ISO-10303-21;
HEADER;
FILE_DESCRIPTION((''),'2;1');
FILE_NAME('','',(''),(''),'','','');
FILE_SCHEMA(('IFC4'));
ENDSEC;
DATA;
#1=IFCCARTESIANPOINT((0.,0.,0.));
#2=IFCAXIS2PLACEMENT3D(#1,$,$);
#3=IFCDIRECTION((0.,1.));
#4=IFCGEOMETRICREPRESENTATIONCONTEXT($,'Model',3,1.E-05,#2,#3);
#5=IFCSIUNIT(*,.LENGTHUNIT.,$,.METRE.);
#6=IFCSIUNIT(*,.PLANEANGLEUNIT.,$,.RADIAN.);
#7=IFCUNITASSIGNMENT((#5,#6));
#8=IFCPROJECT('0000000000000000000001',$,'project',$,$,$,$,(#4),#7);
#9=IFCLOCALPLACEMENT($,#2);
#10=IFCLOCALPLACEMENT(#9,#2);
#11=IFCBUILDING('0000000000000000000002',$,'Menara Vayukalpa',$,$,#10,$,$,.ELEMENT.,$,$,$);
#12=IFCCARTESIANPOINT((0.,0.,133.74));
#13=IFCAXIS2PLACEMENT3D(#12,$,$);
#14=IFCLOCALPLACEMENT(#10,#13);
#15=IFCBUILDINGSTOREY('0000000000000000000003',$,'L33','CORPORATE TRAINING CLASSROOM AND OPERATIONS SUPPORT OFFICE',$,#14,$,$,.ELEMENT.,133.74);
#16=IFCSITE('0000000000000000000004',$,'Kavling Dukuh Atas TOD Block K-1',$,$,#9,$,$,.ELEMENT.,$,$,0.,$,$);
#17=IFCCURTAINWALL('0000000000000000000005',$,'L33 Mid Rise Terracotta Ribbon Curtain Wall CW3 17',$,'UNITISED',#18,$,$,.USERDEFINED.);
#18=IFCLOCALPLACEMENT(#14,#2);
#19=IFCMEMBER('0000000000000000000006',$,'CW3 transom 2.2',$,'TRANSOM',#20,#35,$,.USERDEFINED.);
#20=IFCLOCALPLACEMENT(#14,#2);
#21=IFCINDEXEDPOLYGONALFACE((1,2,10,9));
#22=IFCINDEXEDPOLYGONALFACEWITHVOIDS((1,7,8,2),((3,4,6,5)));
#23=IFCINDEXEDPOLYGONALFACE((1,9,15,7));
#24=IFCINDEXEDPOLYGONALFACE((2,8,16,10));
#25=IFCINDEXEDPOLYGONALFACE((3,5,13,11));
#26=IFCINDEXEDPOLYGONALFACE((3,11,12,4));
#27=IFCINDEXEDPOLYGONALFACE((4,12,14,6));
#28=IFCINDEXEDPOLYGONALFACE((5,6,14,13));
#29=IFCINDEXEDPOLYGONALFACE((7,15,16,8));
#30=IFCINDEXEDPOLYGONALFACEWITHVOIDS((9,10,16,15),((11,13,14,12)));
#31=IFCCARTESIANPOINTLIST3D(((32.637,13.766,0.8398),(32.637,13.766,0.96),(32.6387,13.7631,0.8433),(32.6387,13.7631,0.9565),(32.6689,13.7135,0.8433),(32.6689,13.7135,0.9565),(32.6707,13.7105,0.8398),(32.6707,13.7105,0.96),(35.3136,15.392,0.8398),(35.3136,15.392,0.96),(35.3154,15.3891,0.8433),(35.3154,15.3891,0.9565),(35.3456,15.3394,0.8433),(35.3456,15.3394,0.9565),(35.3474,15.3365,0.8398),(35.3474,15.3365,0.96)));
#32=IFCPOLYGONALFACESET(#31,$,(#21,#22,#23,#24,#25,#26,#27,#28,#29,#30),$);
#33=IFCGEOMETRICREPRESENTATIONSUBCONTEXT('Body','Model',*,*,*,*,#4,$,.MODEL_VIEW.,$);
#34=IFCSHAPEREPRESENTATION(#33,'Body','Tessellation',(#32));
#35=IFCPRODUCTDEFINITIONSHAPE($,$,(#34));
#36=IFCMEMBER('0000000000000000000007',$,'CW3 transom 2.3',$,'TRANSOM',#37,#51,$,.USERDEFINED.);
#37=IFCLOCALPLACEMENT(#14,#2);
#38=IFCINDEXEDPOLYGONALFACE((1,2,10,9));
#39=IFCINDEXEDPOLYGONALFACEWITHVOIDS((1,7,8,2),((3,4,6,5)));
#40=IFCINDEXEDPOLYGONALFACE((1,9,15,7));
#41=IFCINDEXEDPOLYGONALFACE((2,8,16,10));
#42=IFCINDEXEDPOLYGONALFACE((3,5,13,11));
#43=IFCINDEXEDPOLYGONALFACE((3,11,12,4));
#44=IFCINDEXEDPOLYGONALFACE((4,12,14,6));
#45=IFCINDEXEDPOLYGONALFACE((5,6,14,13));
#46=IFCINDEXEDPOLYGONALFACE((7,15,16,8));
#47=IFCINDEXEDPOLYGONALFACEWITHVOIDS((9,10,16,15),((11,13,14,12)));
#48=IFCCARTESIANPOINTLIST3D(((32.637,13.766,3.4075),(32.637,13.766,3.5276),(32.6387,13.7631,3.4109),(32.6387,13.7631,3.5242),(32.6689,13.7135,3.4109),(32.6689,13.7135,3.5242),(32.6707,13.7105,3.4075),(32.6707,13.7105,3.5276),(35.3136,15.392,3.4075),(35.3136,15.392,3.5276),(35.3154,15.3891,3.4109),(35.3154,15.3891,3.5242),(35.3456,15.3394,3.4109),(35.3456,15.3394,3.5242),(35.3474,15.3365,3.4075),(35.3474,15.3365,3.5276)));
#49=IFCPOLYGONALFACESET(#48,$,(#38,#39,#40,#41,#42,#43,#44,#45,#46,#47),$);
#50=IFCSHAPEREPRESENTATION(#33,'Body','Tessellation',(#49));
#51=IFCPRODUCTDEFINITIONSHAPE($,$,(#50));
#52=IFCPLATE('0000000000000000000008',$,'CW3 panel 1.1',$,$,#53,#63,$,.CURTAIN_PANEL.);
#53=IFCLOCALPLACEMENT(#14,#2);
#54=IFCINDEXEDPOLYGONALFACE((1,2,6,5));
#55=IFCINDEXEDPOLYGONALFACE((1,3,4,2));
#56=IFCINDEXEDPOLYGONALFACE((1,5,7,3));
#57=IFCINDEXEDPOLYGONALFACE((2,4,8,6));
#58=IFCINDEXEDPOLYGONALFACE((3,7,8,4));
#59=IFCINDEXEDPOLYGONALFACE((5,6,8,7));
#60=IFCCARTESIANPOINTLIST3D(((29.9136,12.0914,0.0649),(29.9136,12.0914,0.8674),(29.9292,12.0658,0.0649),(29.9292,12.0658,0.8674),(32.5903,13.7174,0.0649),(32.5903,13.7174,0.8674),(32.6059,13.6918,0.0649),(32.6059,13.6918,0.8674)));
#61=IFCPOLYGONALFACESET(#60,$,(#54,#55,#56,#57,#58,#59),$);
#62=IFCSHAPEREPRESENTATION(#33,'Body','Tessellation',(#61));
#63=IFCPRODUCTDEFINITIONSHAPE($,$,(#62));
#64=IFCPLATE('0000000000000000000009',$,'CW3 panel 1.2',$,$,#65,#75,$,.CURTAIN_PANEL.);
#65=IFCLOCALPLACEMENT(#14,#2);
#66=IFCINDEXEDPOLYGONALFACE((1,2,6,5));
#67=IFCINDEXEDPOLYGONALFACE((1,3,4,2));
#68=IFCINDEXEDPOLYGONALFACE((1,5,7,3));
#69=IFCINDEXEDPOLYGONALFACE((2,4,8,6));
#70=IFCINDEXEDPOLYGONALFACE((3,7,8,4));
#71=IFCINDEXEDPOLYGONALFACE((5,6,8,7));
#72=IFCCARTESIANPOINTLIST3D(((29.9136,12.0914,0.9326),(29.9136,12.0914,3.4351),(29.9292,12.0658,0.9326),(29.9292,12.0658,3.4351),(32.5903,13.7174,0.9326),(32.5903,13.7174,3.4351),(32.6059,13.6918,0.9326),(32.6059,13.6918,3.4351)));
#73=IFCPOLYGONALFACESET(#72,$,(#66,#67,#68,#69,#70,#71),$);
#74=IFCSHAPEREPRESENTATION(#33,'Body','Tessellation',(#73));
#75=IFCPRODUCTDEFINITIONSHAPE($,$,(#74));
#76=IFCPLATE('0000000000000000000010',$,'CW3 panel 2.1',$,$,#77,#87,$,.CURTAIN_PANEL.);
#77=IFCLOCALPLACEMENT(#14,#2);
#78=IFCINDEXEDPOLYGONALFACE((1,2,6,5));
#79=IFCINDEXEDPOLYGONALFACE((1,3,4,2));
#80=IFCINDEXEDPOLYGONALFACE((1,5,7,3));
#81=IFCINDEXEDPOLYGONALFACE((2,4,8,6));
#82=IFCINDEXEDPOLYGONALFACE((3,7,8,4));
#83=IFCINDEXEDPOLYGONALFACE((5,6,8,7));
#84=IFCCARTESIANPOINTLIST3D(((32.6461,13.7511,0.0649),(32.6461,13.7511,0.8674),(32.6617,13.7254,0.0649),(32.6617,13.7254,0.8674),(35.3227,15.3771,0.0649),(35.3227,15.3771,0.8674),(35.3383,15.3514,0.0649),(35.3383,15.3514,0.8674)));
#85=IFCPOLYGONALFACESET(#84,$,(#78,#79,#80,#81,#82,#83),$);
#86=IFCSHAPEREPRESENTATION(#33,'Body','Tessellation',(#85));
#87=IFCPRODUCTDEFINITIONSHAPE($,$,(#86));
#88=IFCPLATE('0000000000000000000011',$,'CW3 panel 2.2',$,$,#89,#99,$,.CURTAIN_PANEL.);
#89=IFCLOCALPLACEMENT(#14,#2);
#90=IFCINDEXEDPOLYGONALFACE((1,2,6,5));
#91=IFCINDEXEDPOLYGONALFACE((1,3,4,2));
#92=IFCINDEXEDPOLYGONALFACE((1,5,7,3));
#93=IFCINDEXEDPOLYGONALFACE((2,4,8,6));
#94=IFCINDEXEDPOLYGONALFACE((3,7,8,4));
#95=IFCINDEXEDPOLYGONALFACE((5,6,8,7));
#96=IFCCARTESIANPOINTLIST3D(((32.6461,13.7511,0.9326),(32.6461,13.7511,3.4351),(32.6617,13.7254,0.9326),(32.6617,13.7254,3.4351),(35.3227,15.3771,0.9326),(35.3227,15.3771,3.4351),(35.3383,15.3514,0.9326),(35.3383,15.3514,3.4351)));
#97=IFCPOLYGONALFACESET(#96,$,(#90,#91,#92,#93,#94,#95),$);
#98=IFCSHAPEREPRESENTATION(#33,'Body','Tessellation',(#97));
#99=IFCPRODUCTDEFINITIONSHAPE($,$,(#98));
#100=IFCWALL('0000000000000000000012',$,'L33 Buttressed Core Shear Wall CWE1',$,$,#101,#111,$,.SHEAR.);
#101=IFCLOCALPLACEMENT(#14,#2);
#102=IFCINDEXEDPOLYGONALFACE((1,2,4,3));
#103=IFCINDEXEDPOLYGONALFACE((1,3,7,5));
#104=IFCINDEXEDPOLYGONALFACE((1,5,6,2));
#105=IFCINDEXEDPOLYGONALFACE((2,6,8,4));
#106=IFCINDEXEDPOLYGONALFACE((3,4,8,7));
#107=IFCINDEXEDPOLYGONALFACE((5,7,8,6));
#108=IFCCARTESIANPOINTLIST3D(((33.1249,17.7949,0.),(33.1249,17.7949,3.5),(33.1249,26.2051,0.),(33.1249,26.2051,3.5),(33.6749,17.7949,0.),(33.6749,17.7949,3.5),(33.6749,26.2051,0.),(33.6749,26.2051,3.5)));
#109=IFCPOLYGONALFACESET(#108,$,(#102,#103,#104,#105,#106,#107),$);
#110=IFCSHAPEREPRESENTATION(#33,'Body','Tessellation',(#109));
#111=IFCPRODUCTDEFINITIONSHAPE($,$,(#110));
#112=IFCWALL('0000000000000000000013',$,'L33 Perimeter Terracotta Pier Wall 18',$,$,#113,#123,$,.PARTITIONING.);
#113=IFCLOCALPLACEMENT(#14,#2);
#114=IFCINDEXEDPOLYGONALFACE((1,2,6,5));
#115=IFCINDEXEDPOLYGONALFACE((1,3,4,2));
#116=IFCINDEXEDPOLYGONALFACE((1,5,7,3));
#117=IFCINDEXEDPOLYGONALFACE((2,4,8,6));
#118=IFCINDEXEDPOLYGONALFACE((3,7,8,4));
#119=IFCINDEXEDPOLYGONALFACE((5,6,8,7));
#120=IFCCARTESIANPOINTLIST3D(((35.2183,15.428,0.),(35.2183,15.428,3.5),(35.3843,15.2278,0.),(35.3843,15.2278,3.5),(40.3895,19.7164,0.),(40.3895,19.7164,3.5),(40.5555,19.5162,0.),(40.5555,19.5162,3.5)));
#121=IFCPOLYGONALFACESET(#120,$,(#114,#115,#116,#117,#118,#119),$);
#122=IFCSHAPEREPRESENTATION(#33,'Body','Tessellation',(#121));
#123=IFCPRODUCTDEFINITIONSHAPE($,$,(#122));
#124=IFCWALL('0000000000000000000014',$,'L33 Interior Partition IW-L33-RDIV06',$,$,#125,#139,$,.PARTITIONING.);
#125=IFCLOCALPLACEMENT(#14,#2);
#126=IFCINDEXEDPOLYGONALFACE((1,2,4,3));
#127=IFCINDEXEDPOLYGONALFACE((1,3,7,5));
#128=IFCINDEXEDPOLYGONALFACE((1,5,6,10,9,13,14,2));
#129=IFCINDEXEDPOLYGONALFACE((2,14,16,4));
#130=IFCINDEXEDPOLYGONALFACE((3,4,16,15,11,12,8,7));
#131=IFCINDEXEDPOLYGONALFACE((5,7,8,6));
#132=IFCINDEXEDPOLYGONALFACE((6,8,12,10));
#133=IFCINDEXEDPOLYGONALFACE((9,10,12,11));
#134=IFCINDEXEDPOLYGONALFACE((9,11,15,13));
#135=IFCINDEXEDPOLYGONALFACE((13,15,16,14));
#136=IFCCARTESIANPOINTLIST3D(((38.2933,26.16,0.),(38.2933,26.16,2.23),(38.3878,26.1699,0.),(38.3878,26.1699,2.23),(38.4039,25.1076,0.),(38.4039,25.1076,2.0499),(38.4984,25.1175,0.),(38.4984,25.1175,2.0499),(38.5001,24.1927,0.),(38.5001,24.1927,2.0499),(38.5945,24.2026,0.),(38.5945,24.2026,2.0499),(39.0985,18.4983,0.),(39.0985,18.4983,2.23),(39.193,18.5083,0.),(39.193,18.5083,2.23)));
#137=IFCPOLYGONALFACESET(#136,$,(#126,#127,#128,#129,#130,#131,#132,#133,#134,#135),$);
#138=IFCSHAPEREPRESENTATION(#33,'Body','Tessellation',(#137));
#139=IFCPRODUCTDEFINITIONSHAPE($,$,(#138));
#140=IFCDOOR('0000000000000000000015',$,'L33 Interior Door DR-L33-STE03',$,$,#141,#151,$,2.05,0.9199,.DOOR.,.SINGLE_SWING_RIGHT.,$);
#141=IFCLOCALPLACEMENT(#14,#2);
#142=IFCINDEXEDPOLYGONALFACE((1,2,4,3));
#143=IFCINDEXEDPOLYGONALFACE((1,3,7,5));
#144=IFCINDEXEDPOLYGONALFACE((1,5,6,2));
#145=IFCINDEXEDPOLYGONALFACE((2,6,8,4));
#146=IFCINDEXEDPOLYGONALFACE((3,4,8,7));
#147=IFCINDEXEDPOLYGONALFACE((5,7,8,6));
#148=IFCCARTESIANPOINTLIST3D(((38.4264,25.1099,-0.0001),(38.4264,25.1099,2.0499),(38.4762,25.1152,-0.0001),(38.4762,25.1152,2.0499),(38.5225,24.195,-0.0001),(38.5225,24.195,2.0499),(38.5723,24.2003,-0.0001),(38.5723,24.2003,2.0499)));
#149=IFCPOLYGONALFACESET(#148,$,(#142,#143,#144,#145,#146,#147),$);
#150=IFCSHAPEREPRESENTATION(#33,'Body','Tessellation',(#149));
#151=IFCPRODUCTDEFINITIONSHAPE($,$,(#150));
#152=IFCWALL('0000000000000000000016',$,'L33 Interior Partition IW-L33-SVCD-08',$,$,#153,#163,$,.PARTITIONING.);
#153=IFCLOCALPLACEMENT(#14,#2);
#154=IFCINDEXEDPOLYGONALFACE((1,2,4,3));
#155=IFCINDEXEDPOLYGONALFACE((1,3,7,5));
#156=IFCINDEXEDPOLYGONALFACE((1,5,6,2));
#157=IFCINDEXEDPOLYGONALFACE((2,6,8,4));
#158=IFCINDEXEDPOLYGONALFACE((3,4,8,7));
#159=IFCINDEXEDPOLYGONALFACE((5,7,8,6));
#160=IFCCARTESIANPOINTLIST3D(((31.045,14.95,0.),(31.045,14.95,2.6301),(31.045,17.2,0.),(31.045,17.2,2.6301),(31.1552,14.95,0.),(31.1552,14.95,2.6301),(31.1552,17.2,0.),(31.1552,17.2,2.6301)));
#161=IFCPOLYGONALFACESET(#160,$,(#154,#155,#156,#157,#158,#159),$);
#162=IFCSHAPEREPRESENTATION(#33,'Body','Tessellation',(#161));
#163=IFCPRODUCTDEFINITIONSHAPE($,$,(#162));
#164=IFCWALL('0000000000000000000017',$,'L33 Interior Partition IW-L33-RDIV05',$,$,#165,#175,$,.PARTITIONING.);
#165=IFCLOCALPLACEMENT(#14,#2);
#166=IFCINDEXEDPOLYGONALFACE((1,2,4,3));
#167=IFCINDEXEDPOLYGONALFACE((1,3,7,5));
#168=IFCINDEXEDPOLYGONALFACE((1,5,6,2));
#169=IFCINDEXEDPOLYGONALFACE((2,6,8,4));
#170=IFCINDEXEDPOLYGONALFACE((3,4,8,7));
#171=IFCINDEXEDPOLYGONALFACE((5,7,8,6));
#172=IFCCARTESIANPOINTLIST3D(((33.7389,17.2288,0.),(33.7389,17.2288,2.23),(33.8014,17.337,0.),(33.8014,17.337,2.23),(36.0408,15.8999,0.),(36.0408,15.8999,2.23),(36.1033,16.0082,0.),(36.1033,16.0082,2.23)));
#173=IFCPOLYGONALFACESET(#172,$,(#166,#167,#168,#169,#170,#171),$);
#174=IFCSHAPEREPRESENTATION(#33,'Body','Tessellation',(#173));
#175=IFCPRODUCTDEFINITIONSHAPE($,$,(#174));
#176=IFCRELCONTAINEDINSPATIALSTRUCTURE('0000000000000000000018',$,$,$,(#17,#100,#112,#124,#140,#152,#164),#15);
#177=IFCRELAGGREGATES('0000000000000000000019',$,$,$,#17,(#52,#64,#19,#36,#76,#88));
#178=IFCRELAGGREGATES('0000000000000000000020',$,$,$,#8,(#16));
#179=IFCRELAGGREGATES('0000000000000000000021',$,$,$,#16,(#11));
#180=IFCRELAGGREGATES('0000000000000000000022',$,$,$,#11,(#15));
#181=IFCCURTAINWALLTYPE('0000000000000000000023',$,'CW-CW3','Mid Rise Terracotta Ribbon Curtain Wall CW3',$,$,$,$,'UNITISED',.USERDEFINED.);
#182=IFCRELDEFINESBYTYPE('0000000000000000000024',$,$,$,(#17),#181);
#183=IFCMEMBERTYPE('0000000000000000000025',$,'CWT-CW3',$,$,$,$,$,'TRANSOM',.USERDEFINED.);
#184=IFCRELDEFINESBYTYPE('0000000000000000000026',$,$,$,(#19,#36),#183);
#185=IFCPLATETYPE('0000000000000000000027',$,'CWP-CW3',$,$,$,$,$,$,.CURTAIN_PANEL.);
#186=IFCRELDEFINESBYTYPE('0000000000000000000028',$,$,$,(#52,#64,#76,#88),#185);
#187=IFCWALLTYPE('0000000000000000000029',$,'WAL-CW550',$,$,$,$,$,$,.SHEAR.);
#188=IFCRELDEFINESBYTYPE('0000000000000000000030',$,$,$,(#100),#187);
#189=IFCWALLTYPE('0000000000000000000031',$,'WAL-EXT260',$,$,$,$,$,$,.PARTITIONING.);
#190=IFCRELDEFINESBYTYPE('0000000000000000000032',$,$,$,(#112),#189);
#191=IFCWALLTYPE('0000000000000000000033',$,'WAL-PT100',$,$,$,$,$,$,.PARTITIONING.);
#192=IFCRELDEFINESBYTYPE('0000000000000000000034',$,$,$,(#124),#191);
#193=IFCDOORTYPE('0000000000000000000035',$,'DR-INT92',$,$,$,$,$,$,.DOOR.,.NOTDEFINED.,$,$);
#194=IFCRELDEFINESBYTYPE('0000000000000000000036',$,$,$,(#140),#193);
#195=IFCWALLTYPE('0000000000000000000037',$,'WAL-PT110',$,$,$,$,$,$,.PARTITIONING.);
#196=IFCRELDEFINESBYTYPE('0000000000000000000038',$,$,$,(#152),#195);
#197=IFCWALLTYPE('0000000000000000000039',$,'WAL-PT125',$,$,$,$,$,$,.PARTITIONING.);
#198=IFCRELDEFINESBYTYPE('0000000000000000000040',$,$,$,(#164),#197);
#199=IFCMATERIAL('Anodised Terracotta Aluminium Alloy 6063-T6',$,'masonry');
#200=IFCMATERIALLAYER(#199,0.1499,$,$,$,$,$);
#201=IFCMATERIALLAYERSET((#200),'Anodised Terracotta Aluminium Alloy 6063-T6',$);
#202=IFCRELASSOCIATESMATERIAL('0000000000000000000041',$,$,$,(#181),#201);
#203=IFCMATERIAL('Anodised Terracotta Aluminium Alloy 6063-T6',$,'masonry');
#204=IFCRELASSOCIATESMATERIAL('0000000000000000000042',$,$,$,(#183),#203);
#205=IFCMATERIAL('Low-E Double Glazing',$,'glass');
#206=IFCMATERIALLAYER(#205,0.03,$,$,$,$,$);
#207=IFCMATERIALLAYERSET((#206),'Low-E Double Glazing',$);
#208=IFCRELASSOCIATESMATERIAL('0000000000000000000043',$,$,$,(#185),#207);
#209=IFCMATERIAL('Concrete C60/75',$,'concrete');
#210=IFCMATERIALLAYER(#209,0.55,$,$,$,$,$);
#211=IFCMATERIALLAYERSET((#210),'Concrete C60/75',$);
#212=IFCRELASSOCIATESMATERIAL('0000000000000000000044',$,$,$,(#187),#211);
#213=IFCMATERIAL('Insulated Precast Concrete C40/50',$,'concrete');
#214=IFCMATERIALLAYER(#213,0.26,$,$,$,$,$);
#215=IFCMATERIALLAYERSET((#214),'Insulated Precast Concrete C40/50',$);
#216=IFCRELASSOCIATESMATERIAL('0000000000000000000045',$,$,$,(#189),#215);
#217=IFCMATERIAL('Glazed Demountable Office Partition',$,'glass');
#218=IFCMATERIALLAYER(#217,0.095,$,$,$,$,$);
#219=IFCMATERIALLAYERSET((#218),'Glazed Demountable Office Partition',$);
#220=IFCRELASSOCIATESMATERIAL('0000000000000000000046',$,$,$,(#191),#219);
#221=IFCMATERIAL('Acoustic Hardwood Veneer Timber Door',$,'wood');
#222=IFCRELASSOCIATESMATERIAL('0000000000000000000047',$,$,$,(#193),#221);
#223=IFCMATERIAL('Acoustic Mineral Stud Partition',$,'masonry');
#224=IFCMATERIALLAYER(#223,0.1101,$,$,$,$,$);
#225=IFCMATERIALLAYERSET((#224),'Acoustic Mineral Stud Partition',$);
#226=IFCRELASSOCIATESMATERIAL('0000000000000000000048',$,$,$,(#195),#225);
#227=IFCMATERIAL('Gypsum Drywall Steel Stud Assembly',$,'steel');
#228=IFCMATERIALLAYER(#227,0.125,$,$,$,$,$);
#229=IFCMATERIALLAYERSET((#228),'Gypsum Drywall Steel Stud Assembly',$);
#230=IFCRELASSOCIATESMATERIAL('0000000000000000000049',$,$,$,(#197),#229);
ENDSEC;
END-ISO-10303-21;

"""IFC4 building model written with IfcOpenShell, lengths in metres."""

from ifc_helpers import new_model, si_unit, direction, frame, frame_2d, origin, origin_2d, place, context, subcontext, project, spatial, rectangle, hollow_rectangle, extrude, material, layer, layer_set, material_profile, profile_set, type_object, element, fill, aggregate, save


model = new_model("IFC4")

# Units and contexts
model_context = context("Model", 3, precision=1e-05, world=origin(), true_north=direction((0.0, 1.0)))
body_context = subcontext(model_context, "Body", "Model", "MODEL_VIEW")
ifc_project = project(units=[si_unit("LENGTHUNIT", "METRE"), si_unit("PLANEANGLEUNIT", "RADIAN")], contexts=[model_context])

# Site, building, storey
site_placement = place(None, origin())
site = spatial("IfcSite", under=ifc_project, at=site_placement, Name="Kavling Dukuh Atas TOD Block K-1", CompositionType="ELEMENT", RefElevation=0.0)
building_placement = place(site_placement, origin())
building = spatial("IfcBuilding", under=site, at=building_placement, Name="Menara Vayukalpa", CompositionType="ELEMENT")
storey_placement = place(building_placement, frame((0.0, 0.0, 133.74)))
storey = spatial("IfcBuildingStorey", under=building, at=storey_placement, Name="L33", Description="CORPORATE TRAINING CLASSROOM AND OPERATIONS SUPPORT OFFICE", CompositionType="ELEMENT", Elevation=133.74)

# Curtain wall, members, plates
ifc_material_1 = material(Name="Anodised Terracotta Aluminium Alloy 6063-T6", Category="masonry")
ifc_layer_1 = layer(ifc_material_1, 0.1499)
ifc_layer_set_1 = layer_set([ifc_layer_1], Name="Anodised Terracotta Aluminium Alloy 6063-T6")
curtain_wall_type = type_object("IfcCurtainWallType", Name="CW-CW3", Description="Mid Rise Terracotta Ribbon Curtain Wall CW3", ElementType="UNITISED", PredefinedType="USERDEFINED", material=ifc_layer_set_1)
curtain_wall_placement = place(storey_placement, origin())
curtain_wall = element("IfcCurtainWall", 1, at=curtain_wall_placement, inside=storey, type_object=curtain_wall_type, Name="L33 Mid Rise Terracotta Ribbon Curtain Wall CW3 17", ObjectType="UNITISED", PredefinedType="USERDEFINED")
ifc_material_2 = material(Name="Anodised Terracotta Aluminium Alloy 6063-T6", Category="masonry")
ifc_material_profile_1 = material_profile(ifc_material_2, hollow_rectangle(XDim=0.0649, YDim=0.1201, WallThickness=0.0034, at=origin_2d()), Name="ALU 65x120x3.5")
ifc_profile_set_1 = profile_set([ifc_material_profile_1], Name="Anodised Terracotta Aluminium Alloy 6063-T6")
member_type_1 = type_object("IfcMemberType", Name="CWT-CW3", ElementType="TRANSOM", PredefinedType="USERDEFINED", material=ifc_profile_set_1)
member_1_placement = place(storey_placement, frame((32.6538, 13.7383, 0.8999), z_axis=(0.854674, 0.519165, 0.0), x_axis=(-0.519165, 0.854674, 0.0)))
member_1 = element("IfcMember", 2, at=member_1_placement, type_object=member_type_1, Name="CW3 transom 2.2", ObjectType="TRANSOM", PredefinedType="USERDEFINED", context=body_context, shape_type="SweptSolid", body=[
    extrude(hollow_rectangle(XDim=0.0649, YDim=0.1201, WallThickness=0.0034, at=origin_2d()), origin(), (0.0, 0.0, 1.0), 3.1318),
])
member_2_placement = place(storey_placement, frame((32.6538, 13.7383, 3.4675), z_axis=(0.854674, 0.519165, 0.0), x_axis=(-0.519165, 0.854674, 0.0)))
member_2 = element("IfcMember", 3, at=member_2_placement, type_object=member_type_1, Name="CW3 transom 2.3", ObjectType="TRANSOM", PredefinedType="USERDEFINED", context=body_context, shape_type="SweptSolid", body=[
    extrude(hollow_rectangle(XDim=0.0649, YDim=0.1201, WallThickness=0.0034, at=origin_2d()), origin(), (0.0, 0.0, 1.0), 3.1318),
])
ifc_material_3 = material(Name="Low-E Double Glazing", Category="glass")
ifc_layer_2 = layer(ifc_material_3, 0.03)
ifc_layer_set_2 = layer_set([ifc_layer_2], Name="Low-E Double Glazing")
plate_type = type_object("IfcPlateType", Name="CWP-CW3", PredefinedType="CURTAIN_PANEL", material=ifc_layer_set_2)
plate_1_placement = place(storey_placement, frame((31.2598, 12.8916, 0.0649), z_axis=(0.0, 0.0, 1.0), x_axis=(0.854663, 0.519183, 0.0)))
plate_1 = element("IfcPlate", 4, at=plate_1_placement, type_object=plate_type, Name="CW3 panel 1.1", PredefinedType="CURTAIN_PANEL", context=body_context, shape_type="SweptSolid", body=[
    extrude(rectangle(XDim=3.1318, YDim=0.03, at=origin_2d()), origin(), (0.0, 0.0, 1.0), 0.8025),
])
plate_2_placement = place(storey_placement, frame((31.2598, 12.8916, 0.9326), z_axis=(0.0, 0.0, 1.0), x_axis=(0.854663, 0.519183, 0.0)))
plate_2 = element("IfcPlate", 5, at=plate_2_placement, type_object=plate_type, Name="CW3 panel 1.2", PredefinedType="CURTAIN_PANEL", context=body_context, shape_type="SweptSolid", body=[
    extrude(rectangle(XDim=3.1318, YDim=0.03, at=origin_2d()), origin(), (0.0, 0.0, 1.0), 2.5024),
])
plate_3_placement = place(storey_placement, frame((33.9922, 14.5513, 0.0649), z_axis=(0.0, 0.0, 1.0), x_axis=(0.854663, 0.519183, 0.0)))
plate_3 = element("IfcPlate", 6, at=plate_3_placement, type_object=plate_type, Name="CW3 panel 2.1", PredefinedType="CURTAIN_PANEL", context=body_context, shape_type="SweptSolid", body=[
    extrude(rectangle(XDim=3.1318, YDim=0.03, at=origin_2d()), origin(), (0.0, 0.0, 1.0), 0.8025),
])
plate_4_placement = place(storey_placement, frame((33.9922, 14.5513, 0.9326), z_axis=(0.0, 0.0, 1.0), x_axis=(0.854663, 0.519183, 0.0)))
plate_4 = element("IfcPlate", 7, at=plate_4_placement, type_object=plate_type, Name="CW3 panel 2.2", PredefinedType="CURTAIN_PANEL", context=body_context, shape_type="SweptSolid", body=[
    extrude(rectangle(XDim=3.1318, YDim=0.03, at=origin_2d()), origin(), (0.0, 0.0, 1.0), 2.5024),
])
aggregate(curtain_wall, [plate_1, plate_2, member_1, member_2, plate_3, plate_4])

# Walls
ifc_material_4 = material(Name="Concrete C60/75", Category="concrete")
ifc_layer_3 = layer(ifc_material_4, 0.55)
ifc_layer_set_3 = layer_set([ifc_layer_3], Name="Concrete C60/75")
wall_type_1 = type_object("IfcWallType", Name="WAL-CW550", PredefinedType="SHEAR", material=ifc_layer_set_3)
wall_1_placement = place(storey_placement, frame((33.3999, 17.7949, 0.0), z_axis=(0.0, 0.0, 1.0), x_axis=(0.0, 1.0, 0.0)))
element("IfcWall", 8, at=wall_1_placement, inside=storey, type_object=wall_type_1, Name="L33 Buttressed Core Shear Wall CWE1", PredefinedType="SHEAR", context=body_context, shape_type="SweptSolid", body=[
    extrude(rectangle(XDim=8.4102, YDim=0.55, at=frame_2d((4.2051, 0.0))), origin(), (0.0, 0.0, 1.0), 3.5),
])
ifc_material_5 = material(Name="Insulated Precast Concrete C40/50", Category="concrete")
ifc_layer_4 = layer(ifc_material_5, 0.26)
ifc_layer_set_4 = layer_set([ifc_layer_4], Name="Insulated Precast Concrete C40/50")
wall_type_2 = type_object("IfcWallType", Name="WAL-EXT260", PredefinedType="PARTITIONING", material=ifc_layer_set_4)
wall_2_placement = place(storey_placement, frame((40.4724, 19.6162, 0.0), z_axis=(0.0, 0.0, 1.0), x_axis=(-0.769753, -0.638342, 0.0)))
element("IfcWall", 9, at=wall_2_placement, inside=storey, type_object=wall_type_2, Name="L33 Perimeter Terracotta Pier Wall 18", PredefinedType="PARTITIONING", context=body_context, shape_type="SweptSolid", body=[
    extrude(rectangle(XDim=6.718, YDim=0.26, at=frame_2d((3.3589, 0.0))), origin(), (0.0, 0.0, 1.0), 3.5),
])

# Wall, opening, door
ifc_material_6 = material(Name="Glazed Demountable Office Partition", Category="glass")
ifc_layer_5 = layer(ifc_material_6, 0.095)
ifc_layer_set_5 = layer_set([ifc_layer_5], Name="Glazed Demountable Office Partition")
wall_type_3 = type_object("IfcWallType", Name="WAL-PT100", PredefinedType="PARTITIONING", material=ifc_layer_set_5)
wall_3_placement = place(storey_placement, frame((39.1458, 18.5032, 0.0), z_axis=(0.0, 0.0, 1.0), x_axis=(-0.104517, 0.994523, 0.0)))
wall_3 = element("IfcWall", 10, at=wall_3_placement, inside=storey, type_object=wall_type_3, Name="L33 Interior Partition IW-L33-RDIV06", PredefinedType="PARTITIONING", context=body_context, shape_type="SweptSolid", body=[
    extrude(rectangle(XDim=7.7039, YDim=0.095, at=frame_2d((3.8521, 0.0))), origin(), (0.0, 0.0, 1.0), 2.23),
])
opening_placement = place(wall_3_placement, frame((5.7258, 0.0, 0.0)))
opening = element("IfcOpeningElement", 11, at=opening_placement, cuts=wall_3, PredefinedType="OPENING", context=body_context, shape_type="SweptSolid", body=[
    extrude(rectangle(XDim=0.9199, YDim=2.05, at=frame_2d((0.46, 1.0249))), frame((0.0, 0.0574, 0.0), z_axis=(0.0, -1.0, 0.0), x_axis=(1.0, 0.0, 0.0)), (0.0, 0.0, 1.0), 0.115),
])
ifc_material_7 = material(Name="Acoustic Hardwood Veneer Timber Door", Category="wood")
door_type = type_object("IfcDoorType", Name="DR-INT92", OperationType="NOTDEFINED", PredefinedType="DOOR", material=ifc_material_7)
door_placement = place(opening_placement, origin())
door = element("IfcDoor", 12, at=door_placement, inside=storey, type_object=door_type, Name="L33 Interior Door DR-L33-STE03", OperationType="SINGLE_SWING_RIGHT", OverallHeight=2.05, OverallWidth=0.9199, PredefinedType="DOOR", context=body_context, shape_type="SweptSolid", body=[
    extrude(rectangle(XDim=0.9199, YDim=2.05, at=frame_2d((0.46, 1.0249))), frame((0.0, 0.0249, 0.0), z_axis=(0.0, -1.0, 0.0), x_axis=(1.0, 0.0, 0.0)), (0.0, 0.0, 1.0), 0.05),
])
fill(opening, door)

# Walls
ifc_material_8 = material(Name="Acoustic Mineral Stud Partition", Category="masonry")
ifc_layer_6 = layer(ifc_material_8, 0.1101)
ifc_layer_set_6 = layer_set([ifc_layer_6], Name="Acoustic Mineral Stud Partition")
wall_type_4 = type_object("IfcWallType", Name="WAL-PT110", PredefinedType="PARTITIONING", material=ifc_layer_set_6)
wall_4_placement = place(storey_placement, frame((31.1001, 14.95, 0.0), z_axis=(0.0, 0.0, 1.0), x_axis=(0.0, 1.0, 0.0)))
element("IfcWall", 13, at=wall_4_placement, inside=storey, type_object=wall_type_4, Name="L33 Interior Partition IW-L33-SVCD-08", PredefinedType="PARTITIONING", context=body_context, shape_type="SweptSolid", body=[
    extrude(rectangle(XDim=2.25, YDim=0.1101, at=frame_2d((1.125, 0.0))), origin(), (0.0, 0.0, 1.0), 2.6301),
])
ifc_material_9 = material(Name="Gypsum Drywall Steel Stud Assembly", Category="steel")
ifc_layer_7 = layer(ifc_material_9, 0.125)
ifc_layer_set_7 = layer_set([ifc_layer_7], Name="Gypsum Drywall Steel Stud Assembly")
wall_type_5 = type_object("IfcWallType", Name="WAL-PT125", PredefinedType="PARTITIONING", material=ifc_layer_set_7)
wall_5_placement = place(storey_placement, frame((33.77, 17.283, 0.0), z_axis=(0.0, 0.0, 1.0), x_axis=(0.866059, -0.499942, 0.0)))
element("IfcWall", 14, at=wall_5_placement, inside=storey, type_object=wall_type_5, Name="L33 Interior Partition IW-L33-RDIV05", PredefinedType="PARTITIONING", context=body_context, shape_type="SweptSolid", body=[
    extrude(rectangle(XDim=2.658, YDim=0.125, at=frame_2d((1.3291, 0.0))), origin(), (0.0, 0.0, 1.0), 2.23),
])

save(model, "model.ifc")
